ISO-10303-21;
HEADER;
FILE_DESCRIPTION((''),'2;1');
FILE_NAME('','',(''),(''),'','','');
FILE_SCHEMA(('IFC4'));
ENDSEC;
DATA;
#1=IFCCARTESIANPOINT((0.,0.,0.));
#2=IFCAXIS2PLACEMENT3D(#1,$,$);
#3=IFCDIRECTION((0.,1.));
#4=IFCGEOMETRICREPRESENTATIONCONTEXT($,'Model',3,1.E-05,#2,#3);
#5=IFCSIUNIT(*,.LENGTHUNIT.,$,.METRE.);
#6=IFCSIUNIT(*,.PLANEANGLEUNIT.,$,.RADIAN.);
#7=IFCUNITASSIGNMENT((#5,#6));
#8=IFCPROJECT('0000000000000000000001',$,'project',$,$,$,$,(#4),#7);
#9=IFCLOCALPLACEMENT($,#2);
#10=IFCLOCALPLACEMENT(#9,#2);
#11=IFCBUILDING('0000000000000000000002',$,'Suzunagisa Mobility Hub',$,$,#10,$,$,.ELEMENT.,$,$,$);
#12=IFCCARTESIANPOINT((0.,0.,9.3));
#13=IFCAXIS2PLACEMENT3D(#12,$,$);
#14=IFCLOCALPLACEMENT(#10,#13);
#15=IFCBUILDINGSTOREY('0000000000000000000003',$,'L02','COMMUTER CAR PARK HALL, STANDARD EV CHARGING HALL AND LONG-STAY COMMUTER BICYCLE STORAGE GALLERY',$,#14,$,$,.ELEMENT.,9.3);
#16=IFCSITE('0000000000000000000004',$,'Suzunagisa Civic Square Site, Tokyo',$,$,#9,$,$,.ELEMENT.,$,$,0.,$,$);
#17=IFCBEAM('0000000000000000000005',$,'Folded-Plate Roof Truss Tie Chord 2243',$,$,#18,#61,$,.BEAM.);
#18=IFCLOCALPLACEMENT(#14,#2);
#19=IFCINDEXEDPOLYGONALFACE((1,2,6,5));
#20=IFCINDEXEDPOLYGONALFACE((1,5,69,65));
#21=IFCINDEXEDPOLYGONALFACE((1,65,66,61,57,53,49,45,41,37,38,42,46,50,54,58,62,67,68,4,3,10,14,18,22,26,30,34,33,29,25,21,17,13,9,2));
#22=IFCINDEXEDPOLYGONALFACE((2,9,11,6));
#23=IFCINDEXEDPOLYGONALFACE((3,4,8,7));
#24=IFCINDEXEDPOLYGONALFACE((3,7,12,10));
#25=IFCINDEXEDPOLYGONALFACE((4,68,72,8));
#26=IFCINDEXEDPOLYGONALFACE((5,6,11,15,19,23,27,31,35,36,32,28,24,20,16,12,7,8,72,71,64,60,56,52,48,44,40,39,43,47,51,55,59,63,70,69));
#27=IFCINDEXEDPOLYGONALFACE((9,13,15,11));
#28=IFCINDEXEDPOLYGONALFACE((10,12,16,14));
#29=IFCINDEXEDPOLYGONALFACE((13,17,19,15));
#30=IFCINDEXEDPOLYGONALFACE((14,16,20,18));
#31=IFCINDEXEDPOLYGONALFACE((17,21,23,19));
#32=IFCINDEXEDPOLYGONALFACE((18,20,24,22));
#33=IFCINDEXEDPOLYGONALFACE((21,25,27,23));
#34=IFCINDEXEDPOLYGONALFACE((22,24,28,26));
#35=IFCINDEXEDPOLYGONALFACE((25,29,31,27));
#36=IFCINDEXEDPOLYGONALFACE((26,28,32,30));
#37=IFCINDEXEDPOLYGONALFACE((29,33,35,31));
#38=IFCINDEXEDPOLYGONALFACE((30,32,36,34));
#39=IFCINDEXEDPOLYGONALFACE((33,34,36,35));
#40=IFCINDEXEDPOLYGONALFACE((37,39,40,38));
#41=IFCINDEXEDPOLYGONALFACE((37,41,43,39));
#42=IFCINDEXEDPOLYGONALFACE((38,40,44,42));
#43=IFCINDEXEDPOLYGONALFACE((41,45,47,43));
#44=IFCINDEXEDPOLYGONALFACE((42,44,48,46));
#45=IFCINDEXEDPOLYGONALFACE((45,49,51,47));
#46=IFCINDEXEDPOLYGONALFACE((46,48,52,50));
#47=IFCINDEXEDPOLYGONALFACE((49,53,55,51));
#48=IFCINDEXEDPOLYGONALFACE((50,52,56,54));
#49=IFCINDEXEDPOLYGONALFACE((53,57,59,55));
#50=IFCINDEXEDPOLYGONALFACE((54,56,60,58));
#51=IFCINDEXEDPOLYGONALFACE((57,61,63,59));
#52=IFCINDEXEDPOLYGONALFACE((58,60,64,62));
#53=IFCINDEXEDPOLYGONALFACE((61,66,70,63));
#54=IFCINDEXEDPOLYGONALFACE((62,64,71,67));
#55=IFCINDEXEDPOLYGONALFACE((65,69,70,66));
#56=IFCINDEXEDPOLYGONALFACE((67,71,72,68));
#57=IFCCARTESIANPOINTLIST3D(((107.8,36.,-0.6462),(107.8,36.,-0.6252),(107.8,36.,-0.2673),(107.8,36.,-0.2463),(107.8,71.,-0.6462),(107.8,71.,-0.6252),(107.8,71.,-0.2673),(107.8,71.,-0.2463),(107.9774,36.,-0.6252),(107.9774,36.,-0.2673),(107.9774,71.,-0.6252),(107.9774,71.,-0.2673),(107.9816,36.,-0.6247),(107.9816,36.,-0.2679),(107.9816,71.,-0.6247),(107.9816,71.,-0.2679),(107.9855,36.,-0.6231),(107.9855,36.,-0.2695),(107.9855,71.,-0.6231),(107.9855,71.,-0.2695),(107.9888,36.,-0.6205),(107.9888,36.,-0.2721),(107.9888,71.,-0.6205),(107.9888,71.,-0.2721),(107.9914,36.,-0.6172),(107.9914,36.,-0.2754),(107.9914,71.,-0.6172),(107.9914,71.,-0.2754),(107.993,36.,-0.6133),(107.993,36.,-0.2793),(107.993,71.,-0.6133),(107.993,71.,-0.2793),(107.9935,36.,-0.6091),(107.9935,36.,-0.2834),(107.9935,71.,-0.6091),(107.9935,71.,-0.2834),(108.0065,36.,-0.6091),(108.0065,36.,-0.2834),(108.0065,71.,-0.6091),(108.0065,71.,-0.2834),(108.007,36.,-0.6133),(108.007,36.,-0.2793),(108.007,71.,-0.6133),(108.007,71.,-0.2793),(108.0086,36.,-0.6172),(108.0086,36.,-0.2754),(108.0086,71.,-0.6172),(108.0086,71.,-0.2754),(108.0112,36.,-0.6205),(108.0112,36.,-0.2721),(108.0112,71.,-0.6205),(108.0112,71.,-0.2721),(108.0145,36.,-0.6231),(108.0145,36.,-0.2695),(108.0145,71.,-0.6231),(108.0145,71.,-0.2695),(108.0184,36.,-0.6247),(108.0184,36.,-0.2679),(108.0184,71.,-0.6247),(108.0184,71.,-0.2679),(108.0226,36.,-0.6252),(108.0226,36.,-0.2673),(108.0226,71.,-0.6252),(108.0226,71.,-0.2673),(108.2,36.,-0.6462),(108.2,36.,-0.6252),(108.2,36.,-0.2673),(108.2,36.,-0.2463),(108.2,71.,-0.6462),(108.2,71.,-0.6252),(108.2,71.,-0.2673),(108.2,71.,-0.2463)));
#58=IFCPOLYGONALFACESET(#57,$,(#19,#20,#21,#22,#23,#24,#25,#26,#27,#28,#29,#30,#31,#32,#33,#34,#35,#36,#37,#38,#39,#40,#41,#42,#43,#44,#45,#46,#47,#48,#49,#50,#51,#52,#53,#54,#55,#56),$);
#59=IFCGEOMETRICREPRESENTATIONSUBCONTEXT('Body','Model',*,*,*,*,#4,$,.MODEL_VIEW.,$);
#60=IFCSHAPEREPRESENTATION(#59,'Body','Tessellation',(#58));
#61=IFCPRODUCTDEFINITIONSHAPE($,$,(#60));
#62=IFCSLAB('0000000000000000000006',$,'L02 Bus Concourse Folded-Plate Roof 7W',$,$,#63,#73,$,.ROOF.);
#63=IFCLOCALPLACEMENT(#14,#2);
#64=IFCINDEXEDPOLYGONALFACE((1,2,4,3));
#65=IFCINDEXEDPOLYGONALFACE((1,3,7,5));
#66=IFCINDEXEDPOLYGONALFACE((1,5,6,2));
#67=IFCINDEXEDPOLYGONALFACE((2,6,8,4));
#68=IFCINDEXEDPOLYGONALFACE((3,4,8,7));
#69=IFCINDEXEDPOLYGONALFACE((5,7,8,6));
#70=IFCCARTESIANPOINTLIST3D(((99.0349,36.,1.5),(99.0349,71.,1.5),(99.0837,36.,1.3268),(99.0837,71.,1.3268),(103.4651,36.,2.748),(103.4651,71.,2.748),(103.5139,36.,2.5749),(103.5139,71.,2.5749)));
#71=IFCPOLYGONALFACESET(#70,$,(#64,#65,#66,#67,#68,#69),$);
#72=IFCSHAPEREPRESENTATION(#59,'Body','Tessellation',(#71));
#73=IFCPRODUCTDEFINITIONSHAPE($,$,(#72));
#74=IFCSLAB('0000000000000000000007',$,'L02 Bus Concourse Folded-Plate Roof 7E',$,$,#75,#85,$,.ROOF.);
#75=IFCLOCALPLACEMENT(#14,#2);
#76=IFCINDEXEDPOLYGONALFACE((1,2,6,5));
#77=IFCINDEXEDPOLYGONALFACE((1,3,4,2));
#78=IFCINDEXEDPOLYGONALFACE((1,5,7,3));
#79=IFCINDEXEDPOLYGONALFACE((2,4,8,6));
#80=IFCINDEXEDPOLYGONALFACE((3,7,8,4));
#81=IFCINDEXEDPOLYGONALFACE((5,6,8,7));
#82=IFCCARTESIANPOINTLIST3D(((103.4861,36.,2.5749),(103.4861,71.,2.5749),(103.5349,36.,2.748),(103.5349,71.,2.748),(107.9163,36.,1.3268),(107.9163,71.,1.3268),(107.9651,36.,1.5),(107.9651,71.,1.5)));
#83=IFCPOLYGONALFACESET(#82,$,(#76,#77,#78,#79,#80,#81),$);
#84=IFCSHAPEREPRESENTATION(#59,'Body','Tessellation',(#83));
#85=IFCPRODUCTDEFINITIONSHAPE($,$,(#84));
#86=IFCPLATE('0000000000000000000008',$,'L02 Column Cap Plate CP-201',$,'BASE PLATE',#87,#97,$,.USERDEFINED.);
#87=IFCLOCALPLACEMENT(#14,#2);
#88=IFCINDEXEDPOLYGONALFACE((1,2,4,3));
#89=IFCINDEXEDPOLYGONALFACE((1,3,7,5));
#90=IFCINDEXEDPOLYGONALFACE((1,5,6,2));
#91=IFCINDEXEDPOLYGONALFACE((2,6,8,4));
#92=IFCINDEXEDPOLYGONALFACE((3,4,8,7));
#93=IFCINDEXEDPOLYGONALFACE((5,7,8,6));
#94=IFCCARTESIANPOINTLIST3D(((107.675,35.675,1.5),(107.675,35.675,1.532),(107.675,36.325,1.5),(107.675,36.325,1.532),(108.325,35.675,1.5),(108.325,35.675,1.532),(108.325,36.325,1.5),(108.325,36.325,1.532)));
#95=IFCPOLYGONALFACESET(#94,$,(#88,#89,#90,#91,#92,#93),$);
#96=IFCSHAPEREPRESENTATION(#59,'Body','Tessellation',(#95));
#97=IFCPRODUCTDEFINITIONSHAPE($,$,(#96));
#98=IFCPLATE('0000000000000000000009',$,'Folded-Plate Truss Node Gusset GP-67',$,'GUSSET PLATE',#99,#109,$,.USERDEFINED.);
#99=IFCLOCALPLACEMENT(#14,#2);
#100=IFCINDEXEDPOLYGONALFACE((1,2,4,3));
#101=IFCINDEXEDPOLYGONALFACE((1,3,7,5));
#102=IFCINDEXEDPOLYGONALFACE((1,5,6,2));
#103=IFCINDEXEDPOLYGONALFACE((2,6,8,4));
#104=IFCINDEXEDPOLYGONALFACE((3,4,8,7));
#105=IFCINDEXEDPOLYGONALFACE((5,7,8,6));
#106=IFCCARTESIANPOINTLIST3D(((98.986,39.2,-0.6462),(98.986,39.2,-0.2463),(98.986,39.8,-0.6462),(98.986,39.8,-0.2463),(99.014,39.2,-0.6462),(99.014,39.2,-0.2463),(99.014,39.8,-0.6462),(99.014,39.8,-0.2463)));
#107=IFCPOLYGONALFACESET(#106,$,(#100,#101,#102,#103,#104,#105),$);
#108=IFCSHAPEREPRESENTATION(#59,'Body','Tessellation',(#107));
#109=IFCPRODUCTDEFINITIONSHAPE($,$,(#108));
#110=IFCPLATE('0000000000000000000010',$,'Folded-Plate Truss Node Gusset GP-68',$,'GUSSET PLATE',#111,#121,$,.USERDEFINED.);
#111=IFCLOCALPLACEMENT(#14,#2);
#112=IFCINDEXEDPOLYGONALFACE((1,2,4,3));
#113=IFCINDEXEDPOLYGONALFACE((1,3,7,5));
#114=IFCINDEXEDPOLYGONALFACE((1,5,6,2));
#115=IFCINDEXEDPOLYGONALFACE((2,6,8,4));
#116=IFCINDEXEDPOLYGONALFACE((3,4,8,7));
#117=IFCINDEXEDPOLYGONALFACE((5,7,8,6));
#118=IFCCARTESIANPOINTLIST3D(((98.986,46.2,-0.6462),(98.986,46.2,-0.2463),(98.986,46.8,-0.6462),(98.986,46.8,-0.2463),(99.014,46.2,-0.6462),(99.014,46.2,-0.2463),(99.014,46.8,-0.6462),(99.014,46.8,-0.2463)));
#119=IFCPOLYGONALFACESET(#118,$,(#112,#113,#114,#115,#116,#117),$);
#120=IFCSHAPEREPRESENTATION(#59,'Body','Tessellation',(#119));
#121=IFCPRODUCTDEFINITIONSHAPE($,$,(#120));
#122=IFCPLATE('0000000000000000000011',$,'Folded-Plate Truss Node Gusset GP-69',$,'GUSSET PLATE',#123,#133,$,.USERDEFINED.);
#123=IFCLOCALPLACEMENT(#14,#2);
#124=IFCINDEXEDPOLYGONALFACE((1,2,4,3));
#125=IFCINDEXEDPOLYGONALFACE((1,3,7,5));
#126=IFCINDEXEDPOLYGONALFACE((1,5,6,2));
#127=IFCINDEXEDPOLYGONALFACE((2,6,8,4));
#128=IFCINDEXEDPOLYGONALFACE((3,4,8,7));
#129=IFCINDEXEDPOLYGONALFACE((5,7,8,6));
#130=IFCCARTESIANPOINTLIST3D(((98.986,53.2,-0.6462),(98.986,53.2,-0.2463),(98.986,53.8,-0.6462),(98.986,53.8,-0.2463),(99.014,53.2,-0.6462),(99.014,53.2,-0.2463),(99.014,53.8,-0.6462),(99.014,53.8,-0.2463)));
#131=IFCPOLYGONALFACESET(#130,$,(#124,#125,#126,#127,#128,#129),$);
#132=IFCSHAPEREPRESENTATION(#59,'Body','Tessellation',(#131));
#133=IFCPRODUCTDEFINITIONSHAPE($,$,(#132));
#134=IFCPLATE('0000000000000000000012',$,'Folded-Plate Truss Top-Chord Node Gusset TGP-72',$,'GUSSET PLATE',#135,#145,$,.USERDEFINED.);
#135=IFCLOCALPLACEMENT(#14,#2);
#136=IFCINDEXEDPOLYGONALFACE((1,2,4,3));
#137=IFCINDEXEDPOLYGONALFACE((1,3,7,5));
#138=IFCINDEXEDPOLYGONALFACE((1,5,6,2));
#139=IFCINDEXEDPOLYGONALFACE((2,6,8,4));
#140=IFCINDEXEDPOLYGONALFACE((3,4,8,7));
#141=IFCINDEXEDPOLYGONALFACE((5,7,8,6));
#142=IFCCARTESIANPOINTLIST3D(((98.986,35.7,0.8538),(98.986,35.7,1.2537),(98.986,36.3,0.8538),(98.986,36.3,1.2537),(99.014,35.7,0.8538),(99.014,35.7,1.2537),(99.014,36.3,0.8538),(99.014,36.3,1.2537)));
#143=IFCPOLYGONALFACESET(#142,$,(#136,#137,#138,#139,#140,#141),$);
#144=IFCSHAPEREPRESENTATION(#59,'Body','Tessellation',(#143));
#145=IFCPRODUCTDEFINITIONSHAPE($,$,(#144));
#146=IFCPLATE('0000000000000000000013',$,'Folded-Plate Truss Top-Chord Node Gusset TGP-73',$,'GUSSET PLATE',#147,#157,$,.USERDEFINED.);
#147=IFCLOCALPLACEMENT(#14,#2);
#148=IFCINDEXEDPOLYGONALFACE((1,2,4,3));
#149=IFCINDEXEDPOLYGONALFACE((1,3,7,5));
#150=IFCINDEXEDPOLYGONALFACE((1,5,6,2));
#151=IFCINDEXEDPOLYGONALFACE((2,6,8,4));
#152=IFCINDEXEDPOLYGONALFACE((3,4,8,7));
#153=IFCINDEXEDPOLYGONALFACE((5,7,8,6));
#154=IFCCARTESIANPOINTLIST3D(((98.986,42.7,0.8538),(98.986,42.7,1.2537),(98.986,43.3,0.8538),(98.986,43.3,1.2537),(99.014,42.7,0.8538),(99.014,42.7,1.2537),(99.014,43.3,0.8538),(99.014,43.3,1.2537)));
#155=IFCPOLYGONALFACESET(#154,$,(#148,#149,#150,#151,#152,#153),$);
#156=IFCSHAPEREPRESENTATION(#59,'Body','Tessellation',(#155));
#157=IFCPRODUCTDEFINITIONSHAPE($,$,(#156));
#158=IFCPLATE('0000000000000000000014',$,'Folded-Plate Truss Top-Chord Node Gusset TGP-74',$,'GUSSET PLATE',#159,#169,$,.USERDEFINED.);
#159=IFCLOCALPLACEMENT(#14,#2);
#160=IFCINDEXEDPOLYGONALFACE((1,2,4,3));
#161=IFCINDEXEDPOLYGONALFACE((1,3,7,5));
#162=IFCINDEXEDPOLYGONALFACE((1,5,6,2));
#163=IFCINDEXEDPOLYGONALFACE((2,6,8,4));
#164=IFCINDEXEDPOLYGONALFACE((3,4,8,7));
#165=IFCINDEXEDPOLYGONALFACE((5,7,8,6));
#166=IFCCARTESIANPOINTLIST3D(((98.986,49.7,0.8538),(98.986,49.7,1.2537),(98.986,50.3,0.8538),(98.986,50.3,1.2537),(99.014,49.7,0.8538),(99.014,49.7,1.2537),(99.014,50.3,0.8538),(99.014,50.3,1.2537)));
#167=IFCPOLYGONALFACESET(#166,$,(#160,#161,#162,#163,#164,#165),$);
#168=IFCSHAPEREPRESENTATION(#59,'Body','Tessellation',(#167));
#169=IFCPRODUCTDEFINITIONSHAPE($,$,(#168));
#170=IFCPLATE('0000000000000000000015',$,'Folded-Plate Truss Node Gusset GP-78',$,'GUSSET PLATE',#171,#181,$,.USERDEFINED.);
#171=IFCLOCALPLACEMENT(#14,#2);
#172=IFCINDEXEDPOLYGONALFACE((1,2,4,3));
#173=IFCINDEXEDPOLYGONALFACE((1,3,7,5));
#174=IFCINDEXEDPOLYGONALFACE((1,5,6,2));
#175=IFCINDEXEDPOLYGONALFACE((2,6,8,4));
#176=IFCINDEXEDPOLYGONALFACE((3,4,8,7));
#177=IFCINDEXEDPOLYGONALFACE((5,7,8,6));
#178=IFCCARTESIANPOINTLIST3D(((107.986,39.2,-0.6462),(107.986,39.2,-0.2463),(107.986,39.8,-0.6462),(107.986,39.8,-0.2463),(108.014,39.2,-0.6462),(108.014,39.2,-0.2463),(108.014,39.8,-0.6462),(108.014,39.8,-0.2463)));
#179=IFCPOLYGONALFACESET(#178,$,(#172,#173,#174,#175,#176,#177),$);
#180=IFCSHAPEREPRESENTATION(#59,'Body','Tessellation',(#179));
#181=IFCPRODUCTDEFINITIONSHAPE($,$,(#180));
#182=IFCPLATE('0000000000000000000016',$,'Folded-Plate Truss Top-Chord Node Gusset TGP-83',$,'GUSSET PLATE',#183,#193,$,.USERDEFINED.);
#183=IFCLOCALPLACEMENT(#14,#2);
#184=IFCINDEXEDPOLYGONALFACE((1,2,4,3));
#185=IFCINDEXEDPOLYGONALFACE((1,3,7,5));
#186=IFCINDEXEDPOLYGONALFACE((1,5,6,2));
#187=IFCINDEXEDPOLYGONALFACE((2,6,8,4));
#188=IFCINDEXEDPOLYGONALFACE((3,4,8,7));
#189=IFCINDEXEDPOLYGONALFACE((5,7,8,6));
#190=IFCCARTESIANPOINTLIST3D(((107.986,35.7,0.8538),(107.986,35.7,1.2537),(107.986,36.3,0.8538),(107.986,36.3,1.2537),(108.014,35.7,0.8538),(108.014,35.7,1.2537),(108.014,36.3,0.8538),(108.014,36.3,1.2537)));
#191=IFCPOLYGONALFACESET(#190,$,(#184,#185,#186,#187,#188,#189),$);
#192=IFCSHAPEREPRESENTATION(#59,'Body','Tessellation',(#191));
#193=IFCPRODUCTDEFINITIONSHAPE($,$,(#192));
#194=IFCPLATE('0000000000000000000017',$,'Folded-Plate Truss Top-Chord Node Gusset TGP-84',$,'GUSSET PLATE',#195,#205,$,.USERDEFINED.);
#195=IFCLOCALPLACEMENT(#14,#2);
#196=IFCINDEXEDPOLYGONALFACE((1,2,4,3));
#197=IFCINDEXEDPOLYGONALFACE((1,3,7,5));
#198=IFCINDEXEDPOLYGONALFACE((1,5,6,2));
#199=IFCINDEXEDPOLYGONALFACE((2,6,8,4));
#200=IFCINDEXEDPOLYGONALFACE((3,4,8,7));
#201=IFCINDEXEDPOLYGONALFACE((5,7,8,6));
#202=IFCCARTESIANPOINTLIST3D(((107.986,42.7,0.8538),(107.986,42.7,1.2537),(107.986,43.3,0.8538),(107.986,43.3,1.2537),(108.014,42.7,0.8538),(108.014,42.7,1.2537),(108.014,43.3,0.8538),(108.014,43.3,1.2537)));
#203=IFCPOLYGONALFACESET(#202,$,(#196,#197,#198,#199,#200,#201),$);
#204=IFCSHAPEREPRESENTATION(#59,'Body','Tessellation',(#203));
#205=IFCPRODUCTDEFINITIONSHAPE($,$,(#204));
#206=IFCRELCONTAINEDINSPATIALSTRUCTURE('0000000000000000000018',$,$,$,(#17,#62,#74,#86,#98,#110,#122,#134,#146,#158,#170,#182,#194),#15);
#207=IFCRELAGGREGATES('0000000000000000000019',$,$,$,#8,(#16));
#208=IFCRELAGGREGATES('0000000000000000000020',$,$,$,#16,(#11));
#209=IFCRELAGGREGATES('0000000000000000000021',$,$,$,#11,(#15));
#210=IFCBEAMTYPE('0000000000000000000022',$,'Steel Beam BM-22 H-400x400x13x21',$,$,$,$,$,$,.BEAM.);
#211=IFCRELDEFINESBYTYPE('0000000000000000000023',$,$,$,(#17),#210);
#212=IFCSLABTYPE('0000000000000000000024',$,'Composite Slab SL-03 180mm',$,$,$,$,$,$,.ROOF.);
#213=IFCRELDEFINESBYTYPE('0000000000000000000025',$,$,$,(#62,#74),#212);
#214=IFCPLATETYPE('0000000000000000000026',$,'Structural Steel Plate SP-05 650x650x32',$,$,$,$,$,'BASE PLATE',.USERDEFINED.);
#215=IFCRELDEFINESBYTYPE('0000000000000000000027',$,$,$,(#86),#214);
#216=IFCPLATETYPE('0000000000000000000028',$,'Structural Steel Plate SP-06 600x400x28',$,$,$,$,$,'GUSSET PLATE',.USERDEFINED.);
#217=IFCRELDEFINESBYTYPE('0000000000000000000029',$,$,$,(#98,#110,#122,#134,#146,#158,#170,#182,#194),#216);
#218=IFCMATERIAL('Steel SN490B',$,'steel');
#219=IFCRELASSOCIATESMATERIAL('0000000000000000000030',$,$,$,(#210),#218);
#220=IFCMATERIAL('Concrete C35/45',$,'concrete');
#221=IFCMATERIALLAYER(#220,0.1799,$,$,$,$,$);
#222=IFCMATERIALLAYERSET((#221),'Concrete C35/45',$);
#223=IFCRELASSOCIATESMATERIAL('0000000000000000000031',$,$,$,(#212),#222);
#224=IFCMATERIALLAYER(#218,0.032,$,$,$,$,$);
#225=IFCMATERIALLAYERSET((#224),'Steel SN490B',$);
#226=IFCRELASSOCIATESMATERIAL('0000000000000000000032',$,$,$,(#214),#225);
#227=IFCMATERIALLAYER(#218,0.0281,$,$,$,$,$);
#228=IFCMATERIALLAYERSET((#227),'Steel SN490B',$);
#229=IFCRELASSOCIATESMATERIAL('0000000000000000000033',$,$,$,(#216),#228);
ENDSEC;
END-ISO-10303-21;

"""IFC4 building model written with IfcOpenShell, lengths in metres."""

from ifc_helpers import new_model, si_unit, direction, frame, origin, origin_2d, place, context, subcontext, project, spatial, polyline, rectangle, i_section, outline, extrude, material, layer, layer_set, material_profile, profile_set, type_object, element, save


model = new_model("IFC4")

# Units and contexts
model_context = context("Model", 3, precision=1e-05, world=origin(), true_north=direction((0.0, 1.0)))
body_context = subcontext(model_context, "Body", "Model", "MODEL_VIEW")
ifc_project = project(units=[si_unit("LENGTHUNIT", "METRE"), si_unit("PLANEANGLEUNIT", "RADIAN")], contexts=[model_context])

# Site, building, storey
site_placement = place(None, origin())
site = spatial("IfcSite", under=ifc_project, at=site_placement, Name="Suzunagisa Civic Square Site, Tokyo", CompositionType="ELEMENT", RefElevation=0.0)
building_placement = place(site_placement, origin())
building = spatial("IfcBuilding", under=site, at=building_placement, Name="Suzunagisa Mobility Hub", CompositionType="ELEMENT")
storey_placement = place(building_placement, frame((0.0, 0.0, 9.3)))
storey = spatial("IfcBuildingStorey", under=building, at=storey_placement, Name="L02", Description="COMMUTER CAR PARK HALL, STANDARD EV CHARGING HALL AND LONG-STAY COMMUTER BICYCLE STORAGE GALLERY", CompositionType="ELEMENT", Elevation=9.3)

# Shared definitions
ifc_material_1 = material(Name="Steel SN490B", Category="steel")

# Beam
ifc_material_profile_1 = material_profile(ifc_material_1, i_section(OverallWidth=0.3999, OverallDepth=0.3999, WebThickness=0.0129, FlangeThickness=0.021, FilletRadius=0.0161, at=origin_2d()), Name="H-400x400x13x21")
ifc_profile_set_1 = profile_set([ifc_material_profile_1], Name="Steel SN490B")
beam_type_1 = type_object("IfcBeamType", Name="Steel Beam BM-22 H-400x400x13x21", PredefinedType="BEAM", material=ifc_profile_set_1)
beam_1_placement = place(storey_placement, frame((108.0, 36.0, -0.4463), z_axis=(0.0, 1.0, 0.0), x_axis=(-1.0, 0.0, 0.0)))
element("IfcBeam", 1, at=beam_1_placement, inside=storey, type_object=beam_type_1, Name="Folded-Plate Roof Truss Tie Chord 2243", PredefinedType="BEAM", context=body_context, shape_type="SweptSolid", body=[
    extrude(i_section(OverallWidth=0.3999, OverallDepth=0.3999, WebThickness=0.0129, FlangeThickness=0.021, FilletRadius=0.0161, at=origin_2d()), origin(), (0.0, 0.0, 1.0), 35.0),
])

# Slabs
ifc_material_2 = material(Name="Concrete C35/45", Category="concrete")
ifc_layer_1 = layer(ifc_material_2, 0.1799)
ifc_layer_set_1 = layer_set([ifc_layer_1], Name="Concrete C35/45")
slab_type = type_object("IfcSlabType", Name="Composite Slab SL-03 180mm", PredefinedType="ROOF", material=ifc_layer_set_1)
for number, where, z_axis, x_axis, name in (
    (2, (99.0349, 36.0, 1.5), (-0.27116, 0.0, 0.962534), (0.962534, 0.0, 0.27116), "L02 Bus Concourse Folded-Plate Roof 7W"),
    (3, (103.5349, 36.0, 2.748), (0.27116, 0.0, 0.962534), (0.962534, 0.0, -0.27116), "L02 Bus Concourse Folded-Plate Roof 7E"),
):
    element("IfcSlab", number, at=place(storey_placement, frame(where, z_axis=z_axis, x_axis=x_axis)), inside=storey, type_object=slab_type, Name=name, PredefinedType="ROOF", context=body_context, shape_type="SweptSolid", body=[
        extrude(outline(polyline([(0.0, 0.0), (4.6026, 0.0), (4.6026, 35.0), (0.0, 35.0), (0.0, 0.0)])), origin(), (0.0, 0.0, -1.0), 0.1799),
    ])

# Plates
ifc_layer_2 = layer(ifc_material_1, 0.032)
ifc_layer_set_2 = layer_set([ifc_layer_2], Name="Steel SN490B")
plate_type_1 = type_object("IfcPlateType", Name="Structural Steel Plate SP-05 650x650x32", ElementType="BASE PLATE", PredefinedType="USERDEFINED", material=ifc_layer_set_2)
plate_placement = place(storey_placement, frame((108.0, 36.0, 1.5), z_axis=(0.0, 0.0, 1.0), x_axis=(1.0, 0.0, 0.0)))
element("IfcPlate", 4, at=plate_placement, inside=storey, type_object=plate_type_1, Name="L02 Column Cap Plate CP-201", ObjectType="BASE PLATE", PredefinedType="USERDEFINED", context=body_context, shape_type="SweptSolid", body=[
    extrude(rectangle(XDim=0.6499, YDim=0.6499, at=origin_2d()), origin(), (0.0, 0.0, 1.0), 0.032),
])
ifc_layer_3 = layer(ifc_material_1, 0.0281)
ifc_layer_set_3 = layer_set([ifc_layer_3], Name="Steel SN490B")
plate_type_2 = type_object("IfcPlateType", Name="Structural Steel Plate SP-06 600x400x28", ElementType="GUSSET PLATE", PredefinedType="USERDEFINED", material=ifc_layer_set_3)
for number, where, z_axis, x_axis, name in (
    (5, (99.0, 39.5, -0.6462), (0.0, 0.0, 1.0), (1.0, 0.0, 0.0), "Folded-Plate Truss Node Gusset GP-67"),
    (6, (99.0, 46.5, -0.6462), (0.0, 0.0, 1.0), (1.0, 0.0, 0.0), "Folded-Plate Truss Node Gusset GP-68"),
    (7, (99.0, 53.5, -0.6462), (0.0, 0.0, 1.0), (1.0, 0.0, 0.0), "Folded-Plate Truss Node Gusset GP-69"),
    (8, (99.0, 36.0, 0.8538), (0.0, 0.0, 1.0), (1.0, 0.0, 0.0), "Folded-Plate Truss Top-Chord Node Gusset TGP-72"),
    (9, (99.0, 43.0, 0.8538), (0.0, 0.0, 1.0), (1.0, 0.0, 0.0), "Folded-Plate Truss Top-Chord Node Gusset TGP-73"),
    (10, (99.0, 50.0, 0.8538), (0.0, 0.0, 1.0), (1.0, 0.0, 0.0), "Folded-Plate Truss Top-Chord Node Gusset TGP-74"),
    (11, (108.0, 39.5, -0.6462), (0.0, 0.0, 1.0), (1.0, 0.0, 0.0), "Folded-Plate Truss Node Gusset GP-78"),
    (12, (108.0, 36.0, 0.8538), (0.0, 0.0, 1.0), (1.0, 0.0, 0.0), "Folded-Plate Truss Top-Chord Node Gusset TGP-83"),
    (13, (108.0, 43.0, 0.8538), (0.0, 0.0, 1.0), (1.0, 0.0, 0.0), "Folded-Plate Truss Top-Chord Node Gusset TGP-84"),
):
    element("IfcPlate", number, at=place(storey_placement, frame(where, z_axis=z_axis, x_axis=x_axis)), inside=storey, type_object=plate_type_2, Name=name, ObjectType="GUSSET PLATE", PredefinedType="USERDEFINED", context=body_context, shape_type="SweptSolid", body=[
        extrude(rectangle(XDim=0.0281, YDim=0.6001, at=origin_2d()), origin(), (0.0, 0.0, 1.0), 0.3999),
    ])

save(model, "model.ifc")
